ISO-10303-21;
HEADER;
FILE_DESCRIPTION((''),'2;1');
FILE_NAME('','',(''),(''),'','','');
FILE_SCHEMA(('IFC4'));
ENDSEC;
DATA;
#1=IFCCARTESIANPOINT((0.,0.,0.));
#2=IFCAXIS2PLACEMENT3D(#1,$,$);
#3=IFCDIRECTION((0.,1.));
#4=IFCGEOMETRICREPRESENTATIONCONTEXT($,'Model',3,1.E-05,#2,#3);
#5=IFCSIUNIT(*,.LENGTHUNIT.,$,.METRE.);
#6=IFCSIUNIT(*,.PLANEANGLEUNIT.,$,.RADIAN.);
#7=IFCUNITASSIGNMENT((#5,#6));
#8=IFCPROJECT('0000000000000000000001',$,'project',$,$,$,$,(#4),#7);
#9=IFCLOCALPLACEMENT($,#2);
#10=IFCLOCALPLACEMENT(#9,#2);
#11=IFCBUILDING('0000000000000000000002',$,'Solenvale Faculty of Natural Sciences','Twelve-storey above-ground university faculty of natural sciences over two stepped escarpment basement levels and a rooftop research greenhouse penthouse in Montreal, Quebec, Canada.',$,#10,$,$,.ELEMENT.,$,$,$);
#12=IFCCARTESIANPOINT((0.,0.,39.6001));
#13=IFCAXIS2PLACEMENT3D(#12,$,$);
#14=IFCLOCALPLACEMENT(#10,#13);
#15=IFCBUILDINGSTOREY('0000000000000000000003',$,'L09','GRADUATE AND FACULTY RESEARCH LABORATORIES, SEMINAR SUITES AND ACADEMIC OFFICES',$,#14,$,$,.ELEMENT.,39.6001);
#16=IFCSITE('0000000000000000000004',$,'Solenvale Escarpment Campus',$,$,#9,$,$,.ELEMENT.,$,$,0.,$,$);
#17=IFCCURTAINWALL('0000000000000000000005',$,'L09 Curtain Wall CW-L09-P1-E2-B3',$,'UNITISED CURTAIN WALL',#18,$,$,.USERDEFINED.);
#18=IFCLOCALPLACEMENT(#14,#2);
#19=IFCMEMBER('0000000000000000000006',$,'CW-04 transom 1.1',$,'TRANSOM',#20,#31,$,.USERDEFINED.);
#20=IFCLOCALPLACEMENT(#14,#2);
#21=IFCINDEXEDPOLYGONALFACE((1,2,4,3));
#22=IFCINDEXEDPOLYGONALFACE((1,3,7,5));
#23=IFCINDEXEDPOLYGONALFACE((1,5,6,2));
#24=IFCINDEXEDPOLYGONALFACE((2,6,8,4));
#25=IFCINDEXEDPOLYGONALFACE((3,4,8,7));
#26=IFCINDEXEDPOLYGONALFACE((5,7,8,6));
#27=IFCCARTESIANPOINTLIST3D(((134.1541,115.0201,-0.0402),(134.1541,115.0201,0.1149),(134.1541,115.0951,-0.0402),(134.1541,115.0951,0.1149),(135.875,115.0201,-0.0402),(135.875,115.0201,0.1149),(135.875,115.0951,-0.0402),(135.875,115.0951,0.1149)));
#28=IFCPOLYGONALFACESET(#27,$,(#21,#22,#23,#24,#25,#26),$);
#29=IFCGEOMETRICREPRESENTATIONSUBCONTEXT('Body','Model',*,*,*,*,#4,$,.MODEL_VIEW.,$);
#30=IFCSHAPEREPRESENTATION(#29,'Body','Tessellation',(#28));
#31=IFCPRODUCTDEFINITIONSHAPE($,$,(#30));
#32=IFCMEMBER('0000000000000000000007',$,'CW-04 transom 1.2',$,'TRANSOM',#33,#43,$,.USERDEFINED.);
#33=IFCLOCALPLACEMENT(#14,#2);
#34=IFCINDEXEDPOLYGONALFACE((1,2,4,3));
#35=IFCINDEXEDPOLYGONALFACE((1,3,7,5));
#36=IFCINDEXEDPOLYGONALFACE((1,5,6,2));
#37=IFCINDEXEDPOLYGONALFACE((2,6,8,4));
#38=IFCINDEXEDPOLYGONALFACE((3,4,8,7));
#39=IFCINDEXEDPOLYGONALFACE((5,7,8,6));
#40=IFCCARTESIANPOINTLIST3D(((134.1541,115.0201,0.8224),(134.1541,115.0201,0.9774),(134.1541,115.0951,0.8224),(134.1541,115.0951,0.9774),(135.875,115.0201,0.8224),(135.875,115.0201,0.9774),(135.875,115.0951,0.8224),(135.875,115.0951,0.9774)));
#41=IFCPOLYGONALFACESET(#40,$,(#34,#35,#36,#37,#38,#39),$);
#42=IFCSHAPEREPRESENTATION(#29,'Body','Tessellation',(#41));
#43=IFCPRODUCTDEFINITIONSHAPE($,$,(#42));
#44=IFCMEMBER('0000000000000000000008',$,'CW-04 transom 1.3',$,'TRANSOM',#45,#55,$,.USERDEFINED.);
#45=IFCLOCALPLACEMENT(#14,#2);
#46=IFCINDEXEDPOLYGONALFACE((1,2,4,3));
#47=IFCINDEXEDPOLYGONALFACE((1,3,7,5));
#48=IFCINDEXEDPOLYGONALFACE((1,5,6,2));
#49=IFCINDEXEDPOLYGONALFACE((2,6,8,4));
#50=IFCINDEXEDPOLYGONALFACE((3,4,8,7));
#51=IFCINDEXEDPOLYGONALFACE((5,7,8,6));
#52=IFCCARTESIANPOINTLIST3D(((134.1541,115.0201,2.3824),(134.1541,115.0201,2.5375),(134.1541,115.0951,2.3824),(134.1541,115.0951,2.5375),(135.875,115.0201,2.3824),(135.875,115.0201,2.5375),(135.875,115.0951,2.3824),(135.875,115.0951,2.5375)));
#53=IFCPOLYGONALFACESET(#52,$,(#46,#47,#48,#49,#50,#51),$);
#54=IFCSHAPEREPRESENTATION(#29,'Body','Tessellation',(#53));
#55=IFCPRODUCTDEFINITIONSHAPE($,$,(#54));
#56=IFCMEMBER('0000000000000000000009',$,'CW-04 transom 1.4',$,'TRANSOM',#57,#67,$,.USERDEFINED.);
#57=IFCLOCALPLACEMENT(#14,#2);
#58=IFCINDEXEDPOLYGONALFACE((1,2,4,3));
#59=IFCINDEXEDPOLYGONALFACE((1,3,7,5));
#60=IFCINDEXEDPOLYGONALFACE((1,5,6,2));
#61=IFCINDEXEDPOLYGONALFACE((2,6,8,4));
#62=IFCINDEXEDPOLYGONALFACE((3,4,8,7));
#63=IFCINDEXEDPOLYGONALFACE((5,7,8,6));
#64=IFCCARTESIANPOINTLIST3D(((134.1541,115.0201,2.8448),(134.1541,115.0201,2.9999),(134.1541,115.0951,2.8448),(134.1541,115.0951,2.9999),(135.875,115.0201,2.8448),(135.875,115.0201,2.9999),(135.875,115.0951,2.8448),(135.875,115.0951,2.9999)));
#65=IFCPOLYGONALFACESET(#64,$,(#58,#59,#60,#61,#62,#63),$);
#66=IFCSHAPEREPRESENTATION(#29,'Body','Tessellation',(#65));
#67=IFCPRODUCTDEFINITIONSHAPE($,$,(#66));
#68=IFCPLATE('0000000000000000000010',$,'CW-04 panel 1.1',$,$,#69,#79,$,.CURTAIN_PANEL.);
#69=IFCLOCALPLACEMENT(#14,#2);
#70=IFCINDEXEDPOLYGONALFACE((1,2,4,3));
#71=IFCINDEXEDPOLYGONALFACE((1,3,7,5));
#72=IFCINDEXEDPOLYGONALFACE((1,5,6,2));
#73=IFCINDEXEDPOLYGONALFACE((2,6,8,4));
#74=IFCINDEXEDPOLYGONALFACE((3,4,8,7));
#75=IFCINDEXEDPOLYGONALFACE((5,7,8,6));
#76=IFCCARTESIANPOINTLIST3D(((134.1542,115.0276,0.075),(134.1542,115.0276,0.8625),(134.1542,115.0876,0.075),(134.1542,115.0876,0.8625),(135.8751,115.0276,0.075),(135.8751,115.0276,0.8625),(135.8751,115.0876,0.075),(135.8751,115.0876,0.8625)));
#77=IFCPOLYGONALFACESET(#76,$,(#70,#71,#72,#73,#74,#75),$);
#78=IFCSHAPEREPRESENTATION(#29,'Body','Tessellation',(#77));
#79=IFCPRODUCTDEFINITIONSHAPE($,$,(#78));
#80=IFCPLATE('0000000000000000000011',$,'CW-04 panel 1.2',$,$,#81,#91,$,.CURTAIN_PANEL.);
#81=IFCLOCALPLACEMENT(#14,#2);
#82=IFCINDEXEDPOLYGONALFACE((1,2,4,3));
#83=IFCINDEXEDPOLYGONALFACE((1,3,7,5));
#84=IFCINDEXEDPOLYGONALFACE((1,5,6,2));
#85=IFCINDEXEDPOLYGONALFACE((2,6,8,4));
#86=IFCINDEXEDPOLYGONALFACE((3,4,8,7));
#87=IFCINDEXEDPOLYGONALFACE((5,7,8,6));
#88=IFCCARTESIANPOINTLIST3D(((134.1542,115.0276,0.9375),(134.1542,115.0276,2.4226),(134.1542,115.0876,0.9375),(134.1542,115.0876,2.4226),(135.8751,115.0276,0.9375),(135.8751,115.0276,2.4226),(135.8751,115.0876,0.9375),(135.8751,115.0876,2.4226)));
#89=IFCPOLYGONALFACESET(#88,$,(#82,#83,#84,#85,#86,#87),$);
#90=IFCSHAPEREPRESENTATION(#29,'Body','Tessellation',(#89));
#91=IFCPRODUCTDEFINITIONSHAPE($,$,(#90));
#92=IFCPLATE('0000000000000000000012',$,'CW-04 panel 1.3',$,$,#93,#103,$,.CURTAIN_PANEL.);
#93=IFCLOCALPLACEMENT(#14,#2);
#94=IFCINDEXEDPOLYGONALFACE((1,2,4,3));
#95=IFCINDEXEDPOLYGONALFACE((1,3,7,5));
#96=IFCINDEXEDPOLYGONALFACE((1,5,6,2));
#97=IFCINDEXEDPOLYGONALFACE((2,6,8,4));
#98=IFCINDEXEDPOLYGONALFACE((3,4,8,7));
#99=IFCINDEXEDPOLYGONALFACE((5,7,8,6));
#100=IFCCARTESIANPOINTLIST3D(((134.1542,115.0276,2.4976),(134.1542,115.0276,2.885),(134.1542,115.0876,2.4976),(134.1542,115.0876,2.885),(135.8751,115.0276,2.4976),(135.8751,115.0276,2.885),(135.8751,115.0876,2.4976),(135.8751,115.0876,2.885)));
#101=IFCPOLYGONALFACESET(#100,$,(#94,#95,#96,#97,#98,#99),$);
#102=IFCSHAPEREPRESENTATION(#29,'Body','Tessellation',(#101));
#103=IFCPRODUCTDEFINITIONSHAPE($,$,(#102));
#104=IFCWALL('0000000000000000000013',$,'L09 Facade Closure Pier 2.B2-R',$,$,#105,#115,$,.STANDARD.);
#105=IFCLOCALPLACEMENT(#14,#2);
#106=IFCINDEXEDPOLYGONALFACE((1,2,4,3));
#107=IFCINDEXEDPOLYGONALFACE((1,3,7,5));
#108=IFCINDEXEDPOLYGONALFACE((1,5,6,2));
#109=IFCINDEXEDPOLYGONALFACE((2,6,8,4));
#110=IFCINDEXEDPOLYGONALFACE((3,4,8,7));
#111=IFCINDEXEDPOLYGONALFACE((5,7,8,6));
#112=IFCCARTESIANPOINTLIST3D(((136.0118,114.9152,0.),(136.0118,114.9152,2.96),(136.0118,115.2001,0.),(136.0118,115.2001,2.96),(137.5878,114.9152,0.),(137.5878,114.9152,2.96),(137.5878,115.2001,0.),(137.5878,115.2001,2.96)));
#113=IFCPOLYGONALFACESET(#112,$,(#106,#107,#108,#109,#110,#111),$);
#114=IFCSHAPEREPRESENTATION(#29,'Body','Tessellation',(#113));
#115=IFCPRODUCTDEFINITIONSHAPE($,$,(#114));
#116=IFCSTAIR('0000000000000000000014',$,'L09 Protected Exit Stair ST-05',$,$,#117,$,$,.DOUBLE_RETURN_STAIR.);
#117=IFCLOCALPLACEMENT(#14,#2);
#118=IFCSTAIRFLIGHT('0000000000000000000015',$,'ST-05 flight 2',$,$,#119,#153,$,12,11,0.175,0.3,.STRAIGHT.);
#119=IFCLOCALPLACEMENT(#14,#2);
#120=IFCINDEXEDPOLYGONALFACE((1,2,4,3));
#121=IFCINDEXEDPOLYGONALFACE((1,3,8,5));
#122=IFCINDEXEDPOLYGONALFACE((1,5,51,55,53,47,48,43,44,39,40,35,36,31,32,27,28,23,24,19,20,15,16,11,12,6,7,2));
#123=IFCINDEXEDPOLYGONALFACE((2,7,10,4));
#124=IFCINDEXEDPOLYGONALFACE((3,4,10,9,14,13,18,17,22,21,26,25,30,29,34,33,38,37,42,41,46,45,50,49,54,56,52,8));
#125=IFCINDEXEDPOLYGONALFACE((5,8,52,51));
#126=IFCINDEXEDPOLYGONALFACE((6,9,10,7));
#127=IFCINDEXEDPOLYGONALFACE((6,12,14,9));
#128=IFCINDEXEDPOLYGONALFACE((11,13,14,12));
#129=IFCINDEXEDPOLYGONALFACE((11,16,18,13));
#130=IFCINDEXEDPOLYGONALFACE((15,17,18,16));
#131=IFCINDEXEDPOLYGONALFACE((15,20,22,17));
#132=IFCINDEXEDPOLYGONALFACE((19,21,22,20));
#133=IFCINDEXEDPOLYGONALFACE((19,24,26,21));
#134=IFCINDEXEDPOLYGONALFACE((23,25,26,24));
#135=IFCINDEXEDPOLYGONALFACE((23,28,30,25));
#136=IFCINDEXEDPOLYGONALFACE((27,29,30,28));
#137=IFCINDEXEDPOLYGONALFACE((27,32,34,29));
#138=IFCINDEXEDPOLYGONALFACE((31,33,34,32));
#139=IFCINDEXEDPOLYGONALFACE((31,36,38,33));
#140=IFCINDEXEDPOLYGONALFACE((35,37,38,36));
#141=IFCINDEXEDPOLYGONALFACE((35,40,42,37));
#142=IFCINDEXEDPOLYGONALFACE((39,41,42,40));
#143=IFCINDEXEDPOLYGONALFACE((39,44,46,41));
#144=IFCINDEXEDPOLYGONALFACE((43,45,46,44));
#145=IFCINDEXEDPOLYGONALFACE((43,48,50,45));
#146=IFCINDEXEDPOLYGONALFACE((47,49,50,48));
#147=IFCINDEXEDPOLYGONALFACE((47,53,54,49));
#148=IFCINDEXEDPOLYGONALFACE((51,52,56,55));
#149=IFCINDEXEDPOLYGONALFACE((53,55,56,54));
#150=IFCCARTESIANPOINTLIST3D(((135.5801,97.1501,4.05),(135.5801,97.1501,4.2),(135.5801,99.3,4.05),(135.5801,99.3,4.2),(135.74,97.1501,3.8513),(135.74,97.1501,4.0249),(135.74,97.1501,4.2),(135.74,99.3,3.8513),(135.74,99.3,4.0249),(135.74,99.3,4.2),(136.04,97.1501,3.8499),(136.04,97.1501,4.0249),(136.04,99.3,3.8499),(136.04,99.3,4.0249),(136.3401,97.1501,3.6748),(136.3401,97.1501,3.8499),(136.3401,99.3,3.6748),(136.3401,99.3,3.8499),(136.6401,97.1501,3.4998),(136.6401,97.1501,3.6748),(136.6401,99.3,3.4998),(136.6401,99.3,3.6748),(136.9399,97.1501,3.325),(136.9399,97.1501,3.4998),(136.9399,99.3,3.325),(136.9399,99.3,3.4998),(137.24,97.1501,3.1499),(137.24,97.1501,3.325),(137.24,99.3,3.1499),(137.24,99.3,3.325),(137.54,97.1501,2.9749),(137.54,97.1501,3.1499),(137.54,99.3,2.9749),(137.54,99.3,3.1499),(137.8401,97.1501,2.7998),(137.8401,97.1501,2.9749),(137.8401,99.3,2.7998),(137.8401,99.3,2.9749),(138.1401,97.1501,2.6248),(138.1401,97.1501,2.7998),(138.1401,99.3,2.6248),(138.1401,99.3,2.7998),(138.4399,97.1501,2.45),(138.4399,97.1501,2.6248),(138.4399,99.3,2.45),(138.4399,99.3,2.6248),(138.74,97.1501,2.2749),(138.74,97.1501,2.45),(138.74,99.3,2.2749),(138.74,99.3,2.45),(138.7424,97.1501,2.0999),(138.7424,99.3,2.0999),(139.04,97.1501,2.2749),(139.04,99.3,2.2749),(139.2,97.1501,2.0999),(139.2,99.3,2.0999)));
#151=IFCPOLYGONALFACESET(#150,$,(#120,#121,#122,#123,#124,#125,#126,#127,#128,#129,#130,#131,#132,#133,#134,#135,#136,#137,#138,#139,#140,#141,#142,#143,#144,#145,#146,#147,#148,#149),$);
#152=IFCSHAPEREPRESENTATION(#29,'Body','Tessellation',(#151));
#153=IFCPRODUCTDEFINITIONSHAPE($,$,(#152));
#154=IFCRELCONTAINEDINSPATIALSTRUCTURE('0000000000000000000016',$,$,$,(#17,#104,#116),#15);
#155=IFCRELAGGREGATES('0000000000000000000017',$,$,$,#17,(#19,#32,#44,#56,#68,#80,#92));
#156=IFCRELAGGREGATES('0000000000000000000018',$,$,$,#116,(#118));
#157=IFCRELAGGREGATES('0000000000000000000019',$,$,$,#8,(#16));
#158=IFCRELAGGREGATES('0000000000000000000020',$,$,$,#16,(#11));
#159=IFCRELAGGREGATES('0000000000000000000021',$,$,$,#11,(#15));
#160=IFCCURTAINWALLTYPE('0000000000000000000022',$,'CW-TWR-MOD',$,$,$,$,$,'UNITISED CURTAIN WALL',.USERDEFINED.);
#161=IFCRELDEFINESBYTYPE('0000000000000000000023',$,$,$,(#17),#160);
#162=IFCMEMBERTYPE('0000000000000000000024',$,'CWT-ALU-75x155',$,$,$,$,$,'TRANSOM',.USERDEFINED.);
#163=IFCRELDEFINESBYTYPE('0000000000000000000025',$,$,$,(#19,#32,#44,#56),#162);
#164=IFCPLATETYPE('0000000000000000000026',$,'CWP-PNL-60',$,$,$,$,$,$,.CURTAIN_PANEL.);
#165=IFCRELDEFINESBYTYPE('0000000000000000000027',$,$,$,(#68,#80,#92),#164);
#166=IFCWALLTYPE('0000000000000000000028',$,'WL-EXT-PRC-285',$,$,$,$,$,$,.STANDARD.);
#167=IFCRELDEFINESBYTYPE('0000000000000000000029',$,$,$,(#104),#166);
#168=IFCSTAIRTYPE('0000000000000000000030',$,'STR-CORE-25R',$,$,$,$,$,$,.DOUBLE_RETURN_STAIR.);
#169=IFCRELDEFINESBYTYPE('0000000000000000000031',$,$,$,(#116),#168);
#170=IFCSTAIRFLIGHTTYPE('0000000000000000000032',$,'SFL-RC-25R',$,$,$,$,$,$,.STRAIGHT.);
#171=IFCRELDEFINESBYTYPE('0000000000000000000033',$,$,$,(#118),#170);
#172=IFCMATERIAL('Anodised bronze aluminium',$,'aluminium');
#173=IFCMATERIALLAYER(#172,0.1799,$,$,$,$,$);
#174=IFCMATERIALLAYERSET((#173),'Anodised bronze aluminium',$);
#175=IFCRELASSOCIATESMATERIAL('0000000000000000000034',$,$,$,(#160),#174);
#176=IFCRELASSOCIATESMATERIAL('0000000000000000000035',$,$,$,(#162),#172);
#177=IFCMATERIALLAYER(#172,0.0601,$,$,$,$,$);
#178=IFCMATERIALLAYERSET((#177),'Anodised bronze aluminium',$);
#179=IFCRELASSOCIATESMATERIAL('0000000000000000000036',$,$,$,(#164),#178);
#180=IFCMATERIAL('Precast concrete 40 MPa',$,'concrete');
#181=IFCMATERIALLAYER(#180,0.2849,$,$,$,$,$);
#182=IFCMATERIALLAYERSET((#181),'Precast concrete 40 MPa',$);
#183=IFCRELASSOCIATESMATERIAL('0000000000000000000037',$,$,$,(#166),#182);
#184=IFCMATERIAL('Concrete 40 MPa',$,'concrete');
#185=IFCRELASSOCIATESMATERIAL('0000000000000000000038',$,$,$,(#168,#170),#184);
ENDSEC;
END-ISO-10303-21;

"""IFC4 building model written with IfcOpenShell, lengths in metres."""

from ifc_helpers import new_model, si_unit, direction, frame, frame_2d, origin, origin_2d, place, context, subcontext, project, spatial, polyline, rectangle, outline, extrude, material, layer, layer_set, material_profile, profile_set, type_object, element, aggregate, save


model = new_model("IFC4")

# Units and contexts
model_context = context("Model", 3, precision=1e-05, world=origin(), true_north=direction((0.0, 1.0)))
body_context = subcontext(model_context, "Body", "Model", "MODEL_VIEW")
ifc_project = project(units=[si_unit("LENGTHUNIT", "METRE"), si_unit("PLANEANGLEUNIT", "RADIAN")], contexts=[model_context])

# Site, building, storey
site_placement = place(None, origin())
site = spatial("IfcSite", under=ifc_project, at=site_placement, Name="Solenvale Escarpment Campus", CompositionType="ELEMENT", RefElevation=0.0)
building_placement = place(site_placement, origin())
building = spatial("IfcBuilding", under=site, at=building_placement, Name="Solenvale Faculty of Natural Sciences", Description="Twelve-storey above-ground university faculty of natural sciences over two stepped escarpment basement levels and a rooftop research greenhouse penthouse in Montreal, Quebec, Canada.", CompositionType="ELEMENT")
storey_placement = place(building_placement, frame((0.0, 0.0, 39.6001)))
storey = spatial("IfcBuildingStorey", under=building, at=storey_placement, Name="L09", Description="GRADUATE AND FACULTY RESEARCH LABORATORIES, SEMINAR SUITES AND ACADEMIC OFFICES", CompositionType="ELEMENT", Elevation=39.6001)

# Shared definitions
ifc_material_1 = material(Name="Concrete 40 MPa", Category="concrete")

# Shared definitions
ifc_material_2 = material(Name="Anodised bronze aluminium", Category="aluminium")
ifc_layer_1 = layer(ifc_material_2, 0.1799)
ifc_layer_set_1 = layer_set([ifc_layer_1], Name="Anodised bronze aluminium")
curtain_wall_type = type_object("IfcCurtainWallType", Name="CW-TWR-MOD", ElementType="UNITISED CURTAIN WALL", PredefinedType="USERDEFINED", material=ifc_layer_set_1)

# Curtain wall, members, plates
curtain_wall_1_placement = place(storey_placement, origin())
curtain_wall_1 = element("IfcCurtainWall", 1, at=curtain_wall_1_placement, inside=storey, type_object=curtain_wall_type, Name="L09 Curtain Wall CW-L09-P1-E2-B3", ObjectType="UNITISED CURTAIN WALL", PredefinedType="USERDEFINED")
ifc_material_profile_1 = material_profile(ifc_material_2, rectangle(XDim=0.075, YDim=0.155, at=origin_2d()), Name="ALU-TRN-75x155")
ifc_profile_set_1 = profile_set([ifc_material_profile_1], Name="Anodised bronze aluminium")
member_type_1 = type_object("IfcMemberType", Name="CWT-ALU-75x155", ElementType="TRANSOM", PredefinedType="USERDEFINED", material=ifc_profile_set_1)
member_1_placement = place(storey_placement, frame((135.875, 115.0576, 0.0374), z_axis=(-1.0, 0.0, 0.0), x_axis=(0.0, -1.0, 0.0)))
member_1 = element("IfcMember", 2, at=member_1_placement, type_object=member_type_1, Name="CW-04 transom 1.1", ObjectType="TRANSOM", PredefinedType="USERDEFINED", context=body_context, shape_type="SweptSolid", body=[
    extrude(rectangle(XDim=0.075, YDim=0.155, at=origin_2d()), origin(), (0.0, 0.0, 1.0), 1.7209),
])
member_2_placement = place(storey_placement, frame((135.875, 115.0576, 0.8999), z_axis=(-1.0, 0.0, 0.0), x_axis=(0.0, -1.0, 0.0)))
member_2 = element("IfcMember", 3, at=member_2_placement, type_object=member_type_1, Name="CW-04 transom 1.2", ObjectType="TRANSOM", PredefinedType="USERDEFINED", context=body_context, shape_type="SweptSolid", body=[
    extrude(rectangle(XDim=0.075, YDim=0.155, at=origin_2d()), origin(), (0.0, 0.0, 1.0), 1.7209),
])
member_3_placement = place(storey_placement, frame((135.875, 115.0576, 2.46), z_axis=(-1.0, 0.0, 0.0), x_axis=(0.0, -1.0, 0.0)))
member_3 = element("IfcMember", 4, at=member_3_placement, type_object=member_type_1, Name="CW-04 transom 1.3", ObjectType="TRANSOM", PredefinedType="USERDEFINED", context=body_context, shape_type="SweptSolid", body=[
    extrude(rectangle(XDim=0.075, YDim=0.155, at=origin_2d()), origin(), (0.0, 0.0, 1.0), 1.7209),
])
member_4_placement = place(storey_placement, frame((135.875, 115.0576, 2.9224), z_axis=(-1.0, 0.0, 0.0), x_axis=(0.0, -1.0, 0.0)))
member_4 = element("IfcMember", 5, at=member_4_placement, type_object=member_type_1, Name="CW-04 transom 1.4", ObjectType="TRANSOM", PredefinedType="USERDEFINED", context=body_context, shape_type="SweptSolid", body=[
    extrude(rectangle(XDim=0.075, YDim=0.155, at=origin_2d()), origin(), (0.0, 0.0, 1.0), 1.7209),
])
ifc_layer_2 = layer(ifc_material_2, 0.0601)
ifc_layer_set_2 = layer_set([ifc_layer_2], Name="Anodised bronze aluminium")
plate_type = type_object("IfcPlateType", Name="CWP-PNL-60", PredefinedType="CURTAIN_PANEL", material=ifc_layer_set_2)
plate_1_placement = place(storey_placement, frame((135.0146, 115.0576, 0.075), z_axis=(0.0, 0.0, 1.0), x_axis=(-1.0, 0.0, 0.0)))
plate_1 = element("IfcPlate", 6, at=plate_1_placement, type_object=plate_type, Name="CW-04 panel 1.1", PredefinedType="CURTAIN_PANEL", context=body_context, shape_type="SweptSolid", body=[
    extrude(rectangle(XDim=1.7209, YDim=0.0601, at=origin_2d()), origin(), (0.0, 0.0, 1.0), 0.7876),
])
plate_2_placement = place(storey_placement, frame((135.0146, 115.0576, 0.9375), z_axis=(0.0, 0.0, 1.0), x_axis=(-1.0, 0.0, 0.0)))
plate_2 = element("IfcPlate", 7, at=plate_2_placement, type_object=plate_type, Name="CW-04 panel 1.2", PredefinedType="CURTAIN_PANEL", context=body_context, shape_type="SweptSolid", body=[
    extrude(rectangle(XDim=1.7209, YDim=0.0601, at=origin_2d()), origin(), (0.0, 0.0, 1.0), 1.4851),
])
plate_3_placement = place(storey_placement, frame((135.0146, 115.0576, 2.4976), z_axis=(0.0, 0.0, 1.0), x_axis=(-1.0, 0.0, 0.0)))
plate_3 = element("IfcPlate", 8, at=plate_3_placement, type_object=plate_type, Name="CW-04 panel 1.3", PredefinedType="CURTAIN_PANEL", context=body_context, shape_type="SweptSolid", body=[
    extrude(rectangle(XDim=1.7209, YDim=0.0601, at=origin_2d()), origin(), (0.0, 0.0, 1.0), 0.3875),
])
aggregate(curtain_wall_1, [member_1, member_2, member_3, member_4, plate_1, plate_2, plate_3])

# Wall
ifc_material_3 = material(Name="Precast concrete 40 MPa", Category="concrete")
ifc_layer_3 = layer(ifc_material_3, 0.2849)
ifc_layer_set_3 = layer_set([ifc_layer_3], Name="Precast concrete 40 MPa")
wall_type = type_object("IfcWallType", Name="WL-EXT-PRC-285", PredefinedType="STANDARD", material=ifc_layer_set_3)
wall_placement = place(storey_placement, frame((137.5879, 115.0576, 0.0), z_axis=(0.0, 0.0, 1.0), x_axis=(-1.0, 0.0, 0.0)))
element("IfcWall", 9, at=wall_placement, inside=storey, type_object=wall_type, Name="L09 Facade Closure Pier 2.B2-R", PredefinedType="STANDARD", context=body_context, shape_type="SweptSolid", body=[
    extrude(rectangle(XDim=1.5759, YDim=0.2849, at=frame_2d((0.7881, 0.0))), origin(), (0.0, 0.0, 1.0), 2.96),
])

# Stair, stair flight
stair_type = type_object("IfcStairType", Name="STR-CORE-25R", PredefinedType="DOUBLE_RETURN_STAIR", material=ifc_material_1)
stair_placement = place(storey_placement, origin())
stair = element("IfcStair", 10, at=stair_placement, inside=storey, type_object=stair_type, Name="L09 Protected Exit Stair ST-05", PredefinedType="DOUBLE_RETURN_STAIR")
stair_flight_type = type_object("IfcStairFlightType", Name="SFL-RC-25R", PredefinedType="STRAIGHT", material=ifc_material_1)
stair_flight_placement = place(storey_placement, frame((139.04, 98.2251, 2.0999), z_axis=(0.0, 0.0, 1.0), x_axis=(-1.0, 0.0, 0.0)))
stair_flight = element("IfcStairFlight", 11, at=stair_flight_placement, type_object=stair_flight_type, Name="ST-05 flight 2", NumberOfRisers=12, NumberOfTreads=11, PredefinedType="STRAIGHT", RiserHeight=0.175, TreadLength=0.3, context=body_context, shape_type="SweptSolid", body=[
    extrude(outline(polyline([(-0.1599, 0.0), (0.0, 0.175), (0.3, 0.175), (0.3, 0.3501), (0.6001, 0.3501), (0.6001, 0.5249), (0.8999, 0.5249), (0.8999, 0.7), (1.2, 0.7), (1.2, 0.875), (1.5, 0.875), (1.5, 1.05), (1.8, 1.05), (1.8, 1.2251), (2.1001, 1.2251), (2.1001, 1.3999), (2.3999, 1.3999), (2.3999, 1.575), (2.7, 1.575), (2.7, 1.75), (3.0, 1.75), (3.0, 1.925), (3.3, 1.925), (3.3, 2.1001), (3.46, 2.1001), (3.46, 1.9502), (3.3, 1.7515), (0.2976, 0.0), (-0.1599, 0.0)])), frame((0.0, 1.075, 0.0), z_axis=(0.0, -1.0, 0.0), x_axis=(1.0, 0.0, 0.0)), (0.0, 0.0, 1.0), 2.1499),
])
aggregate(stair, [stair_flight])

save(model, "model.ifc")
